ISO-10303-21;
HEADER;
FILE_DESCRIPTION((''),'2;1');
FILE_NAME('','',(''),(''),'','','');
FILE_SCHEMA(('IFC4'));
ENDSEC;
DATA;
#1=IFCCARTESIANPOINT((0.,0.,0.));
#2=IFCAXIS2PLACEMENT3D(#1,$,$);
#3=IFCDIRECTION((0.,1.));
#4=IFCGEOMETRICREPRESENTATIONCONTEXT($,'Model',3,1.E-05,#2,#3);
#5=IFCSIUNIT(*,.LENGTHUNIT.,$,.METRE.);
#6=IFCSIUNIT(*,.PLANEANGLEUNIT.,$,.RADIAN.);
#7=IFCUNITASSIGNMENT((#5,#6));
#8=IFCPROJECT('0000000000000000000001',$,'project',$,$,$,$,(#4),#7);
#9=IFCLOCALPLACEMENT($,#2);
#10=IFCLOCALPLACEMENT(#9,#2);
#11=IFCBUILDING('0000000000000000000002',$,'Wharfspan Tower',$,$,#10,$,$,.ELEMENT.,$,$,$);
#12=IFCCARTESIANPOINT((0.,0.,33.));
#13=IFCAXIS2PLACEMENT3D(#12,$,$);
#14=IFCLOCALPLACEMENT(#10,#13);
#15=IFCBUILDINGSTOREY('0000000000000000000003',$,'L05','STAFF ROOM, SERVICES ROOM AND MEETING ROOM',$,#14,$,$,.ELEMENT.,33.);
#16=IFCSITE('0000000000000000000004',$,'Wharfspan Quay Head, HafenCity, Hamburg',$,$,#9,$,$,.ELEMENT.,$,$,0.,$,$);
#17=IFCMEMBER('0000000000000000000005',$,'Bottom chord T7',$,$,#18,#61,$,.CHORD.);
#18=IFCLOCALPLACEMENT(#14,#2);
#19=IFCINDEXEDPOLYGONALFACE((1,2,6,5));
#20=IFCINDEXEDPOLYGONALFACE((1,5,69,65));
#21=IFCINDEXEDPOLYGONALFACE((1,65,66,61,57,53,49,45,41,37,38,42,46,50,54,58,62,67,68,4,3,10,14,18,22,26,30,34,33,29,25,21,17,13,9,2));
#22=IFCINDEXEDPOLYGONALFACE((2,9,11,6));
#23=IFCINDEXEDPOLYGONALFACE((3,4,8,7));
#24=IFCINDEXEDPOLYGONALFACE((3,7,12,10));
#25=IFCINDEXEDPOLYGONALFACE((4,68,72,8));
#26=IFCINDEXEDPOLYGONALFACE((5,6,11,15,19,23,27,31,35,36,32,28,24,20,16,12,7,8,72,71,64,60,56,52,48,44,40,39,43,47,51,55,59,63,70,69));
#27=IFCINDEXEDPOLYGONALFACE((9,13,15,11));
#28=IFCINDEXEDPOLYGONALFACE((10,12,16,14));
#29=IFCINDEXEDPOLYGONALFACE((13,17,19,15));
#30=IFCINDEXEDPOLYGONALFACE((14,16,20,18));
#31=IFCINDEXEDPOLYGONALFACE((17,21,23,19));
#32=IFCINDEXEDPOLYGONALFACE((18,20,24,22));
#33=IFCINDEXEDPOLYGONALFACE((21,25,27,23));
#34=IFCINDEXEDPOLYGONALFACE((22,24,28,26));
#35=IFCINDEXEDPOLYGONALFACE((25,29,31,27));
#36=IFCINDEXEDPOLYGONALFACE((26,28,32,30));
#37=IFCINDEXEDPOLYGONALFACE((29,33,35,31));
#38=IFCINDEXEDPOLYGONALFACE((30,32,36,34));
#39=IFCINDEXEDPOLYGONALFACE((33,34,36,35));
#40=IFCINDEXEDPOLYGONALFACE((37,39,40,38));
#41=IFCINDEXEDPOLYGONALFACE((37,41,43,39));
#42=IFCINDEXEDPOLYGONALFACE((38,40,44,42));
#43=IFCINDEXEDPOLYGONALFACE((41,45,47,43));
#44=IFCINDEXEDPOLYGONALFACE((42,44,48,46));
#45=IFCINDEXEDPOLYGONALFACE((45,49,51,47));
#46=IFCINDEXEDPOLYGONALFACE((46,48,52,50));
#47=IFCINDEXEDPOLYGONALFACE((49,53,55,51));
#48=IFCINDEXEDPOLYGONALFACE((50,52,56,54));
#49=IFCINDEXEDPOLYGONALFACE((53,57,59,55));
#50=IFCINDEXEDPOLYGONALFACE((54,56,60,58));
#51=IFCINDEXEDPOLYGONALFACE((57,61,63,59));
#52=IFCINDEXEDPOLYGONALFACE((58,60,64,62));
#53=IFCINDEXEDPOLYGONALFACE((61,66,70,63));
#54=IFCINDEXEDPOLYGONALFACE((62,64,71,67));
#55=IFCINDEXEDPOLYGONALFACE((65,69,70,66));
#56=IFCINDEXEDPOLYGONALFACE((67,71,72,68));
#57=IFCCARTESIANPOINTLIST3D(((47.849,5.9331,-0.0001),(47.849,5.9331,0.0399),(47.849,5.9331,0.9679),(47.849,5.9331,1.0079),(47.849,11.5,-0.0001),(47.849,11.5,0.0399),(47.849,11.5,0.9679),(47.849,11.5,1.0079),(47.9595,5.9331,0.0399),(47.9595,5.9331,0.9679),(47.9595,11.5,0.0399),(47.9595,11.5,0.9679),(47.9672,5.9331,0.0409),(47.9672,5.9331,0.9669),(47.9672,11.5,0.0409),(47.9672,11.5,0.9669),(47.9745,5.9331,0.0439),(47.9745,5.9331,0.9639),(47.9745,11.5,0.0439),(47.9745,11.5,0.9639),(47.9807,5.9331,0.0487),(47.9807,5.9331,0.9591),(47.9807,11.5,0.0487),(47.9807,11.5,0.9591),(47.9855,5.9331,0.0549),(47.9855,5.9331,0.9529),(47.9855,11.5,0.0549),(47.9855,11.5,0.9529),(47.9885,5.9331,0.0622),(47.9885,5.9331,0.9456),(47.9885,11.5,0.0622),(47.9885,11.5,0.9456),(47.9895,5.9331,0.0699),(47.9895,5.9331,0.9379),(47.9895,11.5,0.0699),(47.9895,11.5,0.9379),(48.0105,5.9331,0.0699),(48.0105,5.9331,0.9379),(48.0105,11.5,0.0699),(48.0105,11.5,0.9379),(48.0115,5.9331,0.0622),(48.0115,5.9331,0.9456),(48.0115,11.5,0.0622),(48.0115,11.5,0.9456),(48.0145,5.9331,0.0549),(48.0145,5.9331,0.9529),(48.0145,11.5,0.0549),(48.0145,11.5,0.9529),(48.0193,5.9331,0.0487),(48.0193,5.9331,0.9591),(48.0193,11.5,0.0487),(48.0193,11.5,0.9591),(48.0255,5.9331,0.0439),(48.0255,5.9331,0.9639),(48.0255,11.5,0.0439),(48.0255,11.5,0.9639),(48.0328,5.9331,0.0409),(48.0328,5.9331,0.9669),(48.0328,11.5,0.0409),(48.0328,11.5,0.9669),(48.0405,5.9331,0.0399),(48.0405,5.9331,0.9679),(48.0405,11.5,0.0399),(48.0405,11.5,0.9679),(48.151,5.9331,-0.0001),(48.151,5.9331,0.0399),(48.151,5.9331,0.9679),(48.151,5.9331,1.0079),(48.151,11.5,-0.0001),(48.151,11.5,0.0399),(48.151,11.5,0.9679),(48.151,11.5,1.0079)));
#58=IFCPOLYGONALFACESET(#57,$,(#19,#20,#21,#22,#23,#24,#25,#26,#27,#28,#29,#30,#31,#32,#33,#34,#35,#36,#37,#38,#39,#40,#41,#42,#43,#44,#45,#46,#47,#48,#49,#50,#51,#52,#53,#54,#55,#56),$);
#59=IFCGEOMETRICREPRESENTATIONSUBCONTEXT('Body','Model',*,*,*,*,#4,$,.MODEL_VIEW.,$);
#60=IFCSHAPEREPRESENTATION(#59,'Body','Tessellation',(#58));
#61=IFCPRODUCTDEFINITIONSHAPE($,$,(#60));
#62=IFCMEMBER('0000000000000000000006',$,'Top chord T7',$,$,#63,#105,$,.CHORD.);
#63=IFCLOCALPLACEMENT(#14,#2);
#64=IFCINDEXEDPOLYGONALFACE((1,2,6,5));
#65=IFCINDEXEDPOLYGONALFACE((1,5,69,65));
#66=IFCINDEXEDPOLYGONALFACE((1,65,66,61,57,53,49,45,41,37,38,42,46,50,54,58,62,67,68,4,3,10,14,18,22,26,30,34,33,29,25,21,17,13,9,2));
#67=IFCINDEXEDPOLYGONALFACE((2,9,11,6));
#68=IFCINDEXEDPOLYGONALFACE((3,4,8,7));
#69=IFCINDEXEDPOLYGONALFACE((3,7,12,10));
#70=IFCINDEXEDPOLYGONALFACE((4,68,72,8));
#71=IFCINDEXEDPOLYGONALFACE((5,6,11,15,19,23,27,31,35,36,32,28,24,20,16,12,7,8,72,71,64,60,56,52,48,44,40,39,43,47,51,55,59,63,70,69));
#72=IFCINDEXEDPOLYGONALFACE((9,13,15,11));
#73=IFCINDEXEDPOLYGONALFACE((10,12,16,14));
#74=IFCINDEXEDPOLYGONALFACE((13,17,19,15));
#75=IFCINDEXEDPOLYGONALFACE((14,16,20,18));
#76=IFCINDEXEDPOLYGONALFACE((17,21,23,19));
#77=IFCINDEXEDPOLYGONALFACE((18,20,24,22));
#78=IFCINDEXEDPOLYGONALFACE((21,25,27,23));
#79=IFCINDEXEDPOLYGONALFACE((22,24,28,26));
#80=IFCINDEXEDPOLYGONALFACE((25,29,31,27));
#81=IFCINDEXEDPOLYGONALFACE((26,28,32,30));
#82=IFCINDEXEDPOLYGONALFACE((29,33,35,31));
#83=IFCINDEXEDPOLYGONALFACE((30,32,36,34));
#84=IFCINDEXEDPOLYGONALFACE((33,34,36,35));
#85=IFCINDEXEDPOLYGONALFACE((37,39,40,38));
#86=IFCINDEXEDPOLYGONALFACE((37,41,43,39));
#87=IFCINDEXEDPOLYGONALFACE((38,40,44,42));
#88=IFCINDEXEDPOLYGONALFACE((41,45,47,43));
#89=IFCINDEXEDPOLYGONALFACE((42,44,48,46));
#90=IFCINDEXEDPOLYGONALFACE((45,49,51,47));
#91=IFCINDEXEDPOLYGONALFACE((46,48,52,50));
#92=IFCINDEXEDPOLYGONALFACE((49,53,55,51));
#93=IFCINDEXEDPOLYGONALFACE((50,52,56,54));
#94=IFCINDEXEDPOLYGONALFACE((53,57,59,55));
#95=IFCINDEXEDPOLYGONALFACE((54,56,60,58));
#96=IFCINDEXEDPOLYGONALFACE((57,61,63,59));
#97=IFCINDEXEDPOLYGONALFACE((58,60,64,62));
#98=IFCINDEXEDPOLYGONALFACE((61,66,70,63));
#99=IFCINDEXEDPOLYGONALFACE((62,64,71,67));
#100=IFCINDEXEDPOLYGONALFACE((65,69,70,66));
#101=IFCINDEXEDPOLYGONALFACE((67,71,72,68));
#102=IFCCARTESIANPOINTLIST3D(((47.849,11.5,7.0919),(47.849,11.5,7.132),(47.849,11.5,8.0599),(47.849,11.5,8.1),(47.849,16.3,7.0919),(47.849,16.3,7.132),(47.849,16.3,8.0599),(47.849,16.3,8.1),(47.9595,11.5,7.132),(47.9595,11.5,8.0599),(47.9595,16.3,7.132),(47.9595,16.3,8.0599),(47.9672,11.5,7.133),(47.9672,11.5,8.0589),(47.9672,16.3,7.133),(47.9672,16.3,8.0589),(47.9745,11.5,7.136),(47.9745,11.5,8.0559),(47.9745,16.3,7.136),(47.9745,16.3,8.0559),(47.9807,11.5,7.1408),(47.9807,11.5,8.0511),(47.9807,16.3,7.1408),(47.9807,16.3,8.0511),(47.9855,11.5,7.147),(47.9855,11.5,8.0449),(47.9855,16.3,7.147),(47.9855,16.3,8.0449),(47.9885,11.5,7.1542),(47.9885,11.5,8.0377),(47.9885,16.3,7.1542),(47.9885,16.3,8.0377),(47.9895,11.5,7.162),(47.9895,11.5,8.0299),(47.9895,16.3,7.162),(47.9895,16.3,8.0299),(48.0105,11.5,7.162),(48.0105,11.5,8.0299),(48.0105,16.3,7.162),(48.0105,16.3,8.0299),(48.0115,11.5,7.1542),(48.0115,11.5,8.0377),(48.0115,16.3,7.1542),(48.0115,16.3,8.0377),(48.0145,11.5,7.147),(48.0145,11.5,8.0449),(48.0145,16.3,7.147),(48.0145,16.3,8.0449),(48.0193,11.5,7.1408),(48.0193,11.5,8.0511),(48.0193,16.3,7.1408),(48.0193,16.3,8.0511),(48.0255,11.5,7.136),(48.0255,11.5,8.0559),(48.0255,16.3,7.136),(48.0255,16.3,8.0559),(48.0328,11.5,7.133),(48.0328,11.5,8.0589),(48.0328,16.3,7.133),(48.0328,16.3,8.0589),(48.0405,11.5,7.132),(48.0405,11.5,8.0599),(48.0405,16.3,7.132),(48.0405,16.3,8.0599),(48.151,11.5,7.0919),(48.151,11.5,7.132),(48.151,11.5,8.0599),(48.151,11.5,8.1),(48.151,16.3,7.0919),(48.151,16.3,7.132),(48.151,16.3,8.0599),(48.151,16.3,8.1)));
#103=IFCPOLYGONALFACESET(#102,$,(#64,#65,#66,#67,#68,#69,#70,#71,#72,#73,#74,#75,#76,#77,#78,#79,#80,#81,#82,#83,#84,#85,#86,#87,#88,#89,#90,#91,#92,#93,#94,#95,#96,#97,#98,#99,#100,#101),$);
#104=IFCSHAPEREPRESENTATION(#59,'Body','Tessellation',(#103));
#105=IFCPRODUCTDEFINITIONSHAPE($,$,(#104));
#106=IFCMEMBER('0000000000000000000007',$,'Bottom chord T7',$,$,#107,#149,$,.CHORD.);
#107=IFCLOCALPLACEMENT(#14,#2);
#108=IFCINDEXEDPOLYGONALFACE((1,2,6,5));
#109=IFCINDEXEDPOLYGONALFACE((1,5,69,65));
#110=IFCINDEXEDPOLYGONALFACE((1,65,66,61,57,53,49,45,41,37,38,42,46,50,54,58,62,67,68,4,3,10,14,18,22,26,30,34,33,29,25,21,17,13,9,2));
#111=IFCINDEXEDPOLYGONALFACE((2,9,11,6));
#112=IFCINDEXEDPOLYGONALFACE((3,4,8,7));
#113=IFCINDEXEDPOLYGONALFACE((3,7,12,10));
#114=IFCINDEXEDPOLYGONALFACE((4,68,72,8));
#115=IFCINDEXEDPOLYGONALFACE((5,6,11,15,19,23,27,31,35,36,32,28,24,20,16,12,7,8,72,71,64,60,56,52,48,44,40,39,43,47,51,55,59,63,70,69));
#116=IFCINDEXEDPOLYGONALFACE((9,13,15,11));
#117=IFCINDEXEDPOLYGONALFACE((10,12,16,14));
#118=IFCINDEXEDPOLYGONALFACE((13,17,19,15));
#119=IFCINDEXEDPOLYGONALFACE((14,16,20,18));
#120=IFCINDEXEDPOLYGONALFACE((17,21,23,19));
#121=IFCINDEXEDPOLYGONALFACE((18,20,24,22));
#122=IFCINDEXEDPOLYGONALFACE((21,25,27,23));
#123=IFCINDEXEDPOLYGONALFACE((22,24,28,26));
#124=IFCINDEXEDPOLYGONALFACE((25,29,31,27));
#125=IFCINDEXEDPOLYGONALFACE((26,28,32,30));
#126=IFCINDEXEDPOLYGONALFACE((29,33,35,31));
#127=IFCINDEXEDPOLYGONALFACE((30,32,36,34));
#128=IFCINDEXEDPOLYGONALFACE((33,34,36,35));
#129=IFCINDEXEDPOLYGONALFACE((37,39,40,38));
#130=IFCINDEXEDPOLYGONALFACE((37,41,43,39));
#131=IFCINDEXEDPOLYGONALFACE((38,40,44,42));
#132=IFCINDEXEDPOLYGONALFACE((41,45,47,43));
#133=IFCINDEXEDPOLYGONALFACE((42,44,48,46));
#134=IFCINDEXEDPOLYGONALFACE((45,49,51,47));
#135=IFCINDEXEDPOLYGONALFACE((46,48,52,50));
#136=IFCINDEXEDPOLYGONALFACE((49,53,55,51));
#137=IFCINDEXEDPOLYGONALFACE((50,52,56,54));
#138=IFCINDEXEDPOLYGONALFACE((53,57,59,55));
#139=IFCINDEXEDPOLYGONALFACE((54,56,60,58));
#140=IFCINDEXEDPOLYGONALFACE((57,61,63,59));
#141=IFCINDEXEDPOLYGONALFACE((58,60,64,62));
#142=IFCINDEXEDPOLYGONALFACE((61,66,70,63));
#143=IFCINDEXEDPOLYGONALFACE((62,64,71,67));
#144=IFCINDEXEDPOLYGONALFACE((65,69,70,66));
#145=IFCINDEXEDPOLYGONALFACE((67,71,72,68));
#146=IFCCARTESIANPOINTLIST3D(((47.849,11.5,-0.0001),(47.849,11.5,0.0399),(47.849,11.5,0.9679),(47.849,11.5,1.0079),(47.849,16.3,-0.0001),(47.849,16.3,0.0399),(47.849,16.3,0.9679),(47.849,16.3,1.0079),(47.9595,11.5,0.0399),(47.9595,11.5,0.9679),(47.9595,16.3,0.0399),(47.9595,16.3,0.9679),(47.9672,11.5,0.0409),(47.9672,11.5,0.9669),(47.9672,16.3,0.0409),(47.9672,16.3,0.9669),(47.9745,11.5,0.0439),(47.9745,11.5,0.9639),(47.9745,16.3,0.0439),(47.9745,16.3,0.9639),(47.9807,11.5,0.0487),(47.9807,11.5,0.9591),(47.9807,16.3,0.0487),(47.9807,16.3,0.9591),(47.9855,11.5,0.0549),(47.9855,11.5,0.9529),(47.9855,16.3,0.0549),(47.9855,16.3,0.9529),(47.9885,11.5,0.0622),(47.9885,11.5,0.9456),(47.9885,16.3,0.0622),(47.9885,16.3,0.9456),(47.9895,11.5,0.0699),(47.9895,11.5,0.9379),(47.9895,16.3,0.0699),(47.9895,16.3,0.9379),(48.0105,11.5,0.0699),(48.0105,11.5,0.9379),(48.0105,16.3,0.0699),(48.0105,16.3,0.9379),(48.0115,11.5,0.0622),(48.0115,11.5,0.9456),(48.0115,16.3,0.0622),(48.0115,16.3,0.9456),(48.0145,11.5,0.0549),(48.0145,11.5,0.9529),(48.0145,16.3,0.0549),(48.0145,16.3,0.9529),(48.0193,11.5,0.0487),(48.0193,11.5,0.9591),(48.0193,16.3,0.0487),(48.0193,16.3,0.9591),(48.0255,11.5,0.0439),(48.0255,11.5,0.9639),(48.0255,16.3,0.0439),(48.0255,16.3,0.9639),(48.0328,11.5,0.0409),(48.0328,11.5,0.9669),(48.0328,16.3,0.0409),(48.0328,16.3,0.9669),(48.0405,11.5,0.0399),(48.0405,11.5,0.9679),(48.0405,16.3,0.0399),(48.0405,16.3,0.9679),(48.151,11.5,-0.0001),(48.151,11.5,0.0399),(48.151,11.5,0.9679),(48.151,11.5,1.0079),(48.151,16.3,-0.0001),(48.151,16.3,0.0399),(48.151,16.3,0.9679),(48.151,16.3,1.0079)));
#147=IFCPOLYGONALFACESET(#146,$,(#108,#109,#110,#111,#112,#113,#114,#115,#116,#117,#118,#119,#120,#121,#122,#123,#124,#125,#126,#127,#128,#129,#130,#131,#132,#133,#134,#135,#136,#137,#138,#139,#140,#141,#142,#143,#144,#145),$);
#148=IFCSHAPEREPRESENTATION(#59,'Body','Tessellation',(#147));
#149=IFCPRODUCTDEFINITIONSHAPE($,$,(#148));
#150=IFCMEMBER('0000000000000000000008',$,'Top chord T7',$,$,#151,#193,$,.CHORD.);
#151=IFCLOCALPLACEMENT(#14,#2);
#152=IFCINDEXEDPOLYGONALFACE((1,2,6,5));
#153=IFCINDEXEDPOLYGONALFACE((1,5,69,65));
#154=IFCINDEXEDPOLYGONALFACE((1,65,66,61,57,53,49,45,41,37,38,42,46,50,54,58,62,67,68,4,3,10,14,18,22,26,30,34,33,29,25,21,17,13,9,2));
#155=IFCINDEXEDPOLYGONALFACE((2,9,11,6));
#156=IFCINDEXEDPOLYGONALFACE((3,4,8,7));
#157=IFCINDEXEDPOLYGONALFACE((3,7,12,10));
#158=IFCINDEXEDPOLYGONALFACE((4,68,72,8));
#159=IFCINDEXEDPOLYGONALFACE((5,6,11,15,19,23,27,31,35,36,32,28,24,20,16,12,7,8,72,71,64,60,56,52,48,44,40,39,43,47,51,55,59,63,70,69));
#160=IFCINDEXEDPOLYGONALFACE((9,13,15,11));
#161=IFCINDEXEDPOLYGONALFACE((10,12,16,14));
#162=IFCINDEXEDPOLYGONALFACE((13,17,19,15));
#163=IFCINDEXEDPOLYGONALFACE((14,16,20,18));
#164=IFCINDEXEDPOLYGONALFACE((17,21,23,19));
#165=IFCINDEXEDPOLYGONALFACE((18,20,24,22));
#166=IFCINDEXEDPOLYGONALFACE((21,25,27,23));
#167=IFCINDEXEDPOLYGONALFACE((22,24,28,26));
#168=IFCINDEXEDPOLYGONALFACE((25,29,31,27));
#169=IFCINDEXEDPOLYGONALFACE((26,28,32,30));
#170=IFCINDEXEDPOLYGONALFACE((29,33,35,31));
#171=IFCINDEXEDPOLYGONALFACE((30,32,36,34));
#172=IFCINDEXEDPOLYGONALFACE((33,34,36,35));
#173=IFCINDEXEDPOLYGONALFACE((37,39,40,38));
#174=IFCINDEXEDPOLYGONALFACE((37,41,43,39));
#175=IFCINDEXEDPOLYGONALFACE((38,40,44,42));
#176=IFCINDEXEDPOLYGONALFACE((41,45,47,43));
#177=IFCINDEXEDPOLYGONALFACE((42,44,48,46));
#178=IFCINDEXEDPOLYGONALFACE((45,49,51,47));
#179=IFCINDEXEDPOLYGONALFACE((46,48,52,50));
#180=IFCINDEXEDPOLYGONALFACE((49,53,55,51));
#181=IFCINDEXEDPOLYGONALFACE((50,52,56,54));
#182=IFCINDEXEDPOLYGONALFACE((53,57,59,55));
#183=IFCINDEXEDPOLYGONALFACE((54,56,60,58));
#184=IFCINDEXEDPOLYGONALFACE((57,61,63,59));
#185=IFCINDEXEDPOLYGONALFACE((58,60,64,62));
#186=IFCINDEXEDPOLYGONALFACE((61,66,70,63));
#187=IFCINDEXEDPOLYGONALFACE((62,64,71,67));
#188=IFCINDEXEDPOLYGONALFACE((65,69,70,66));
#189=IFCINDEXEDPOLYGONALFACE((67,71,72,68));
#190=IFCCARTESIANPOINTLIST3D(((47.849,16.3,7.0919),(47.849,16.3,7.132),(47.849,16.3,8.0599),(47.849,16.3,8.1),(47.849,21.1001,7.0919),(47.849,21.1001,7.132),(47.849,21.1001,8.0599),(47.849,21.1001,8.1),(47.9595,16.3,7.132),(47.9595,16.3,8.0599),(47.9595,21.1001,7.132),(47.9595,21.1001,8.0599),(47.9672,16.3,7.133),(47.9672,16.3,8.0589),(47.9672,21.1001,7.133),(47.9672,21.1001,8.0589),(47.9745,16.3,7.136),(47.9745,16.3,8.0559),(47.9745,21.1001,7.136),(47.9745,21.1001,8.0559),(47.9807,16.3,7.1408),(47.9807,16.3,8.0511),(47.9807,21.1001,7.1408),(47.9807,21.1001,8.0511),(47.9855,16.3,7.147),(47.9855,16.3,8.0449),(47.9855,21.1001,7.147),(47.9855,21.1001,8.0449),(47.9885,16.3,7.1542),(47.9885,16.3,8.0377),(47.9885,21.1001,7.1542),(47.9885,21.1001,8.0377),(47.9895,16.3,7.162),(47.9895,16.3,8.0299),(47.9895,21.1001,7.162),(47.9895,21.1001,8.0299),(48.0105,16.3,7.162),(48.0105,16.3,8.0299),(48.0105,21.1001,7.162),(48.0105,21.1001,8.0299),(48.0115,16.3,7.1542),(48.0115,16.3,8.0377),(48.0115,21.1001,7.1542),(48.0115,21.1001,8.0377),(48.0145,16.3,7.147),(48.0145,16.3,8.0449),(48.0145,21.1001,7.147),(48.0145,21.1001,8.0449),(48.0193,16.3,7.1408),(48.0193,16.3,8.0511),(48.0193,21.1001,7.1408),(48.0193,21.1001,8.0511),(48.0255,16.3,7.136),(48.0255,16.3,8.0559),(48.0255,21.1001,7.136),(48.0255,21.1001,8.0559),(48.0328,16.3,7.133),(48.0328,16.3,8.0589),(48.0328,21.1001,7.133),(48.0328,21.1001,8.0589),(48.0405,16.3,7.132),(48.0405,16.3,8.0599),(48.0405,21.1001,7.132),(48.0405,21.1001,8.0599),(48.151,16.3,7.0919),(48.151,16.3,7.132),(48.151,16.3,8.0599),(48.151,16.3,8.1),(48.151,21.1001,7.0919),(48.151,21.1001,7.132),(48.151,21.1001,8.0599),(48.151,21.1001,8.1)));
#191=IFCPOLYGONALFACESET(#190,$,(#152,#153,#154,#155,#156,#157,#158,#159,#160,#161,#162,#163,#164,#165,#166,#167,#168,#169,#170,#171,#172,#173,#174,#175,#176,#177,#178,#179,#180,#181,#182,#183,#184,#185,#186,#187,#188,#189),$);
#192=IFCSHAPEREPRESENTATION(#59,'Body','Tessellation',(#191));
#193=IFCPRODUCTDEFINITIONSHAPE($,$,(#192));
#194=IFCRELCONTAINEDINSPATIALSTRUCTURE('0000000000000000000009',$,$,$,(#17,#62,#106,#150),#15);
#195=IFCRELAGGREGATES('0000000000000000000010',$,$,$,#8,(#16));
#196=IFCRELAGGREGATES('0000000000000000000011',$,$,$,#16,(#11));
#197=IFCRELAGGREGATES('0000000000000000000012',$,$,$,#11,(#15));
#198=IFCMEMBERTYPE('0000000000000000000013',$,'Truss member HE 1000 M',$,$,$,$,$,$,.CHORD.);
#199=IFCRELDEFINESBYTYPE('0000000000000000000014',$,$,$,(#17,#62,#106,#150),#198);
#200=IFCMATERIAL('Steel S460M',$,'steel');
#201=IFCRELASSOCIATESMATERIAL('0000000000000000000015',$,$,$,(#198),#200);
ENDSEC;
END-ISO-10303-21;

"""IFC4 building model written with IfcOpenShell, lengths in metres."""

from ifc_helpers import new_model, si_unit, direction, frame, origin, origin_2d, place, context, subcontext, project, spatial, i_section, extrude, material, material_profile, profile_set, type_object, element, save


model = new_model("IFC4")

# Units and contexts
model_context = context("Model", 3, precision=1e-05, world=origin(), true_north=direction((0.0, 1.0)))
body_context = subcontext(model_context, "Body", "Model", "MODEL_VIEW")
ifc_project = project(units=[si_unit("LENGTHUNIT", "METRE"), si_unit("PLANEANGLEUNIT", "RADIAN")], contexts=[model_context])

# Site, building, storey
site_placement = place(None, origin())
site = spatial("IfcSite", under=ifc_project, at=site_placement, Name="Wharfspan Quay Head, HafenCity, Hamburg", CompositionType="ELEMENT", RefElevation=0.0)
building_placement = place(site_placement, origin())
building = spatial("IfcBuilding", under=site, at=building_placement, Name="Wharfspan Tower", CompositionType="ELEMENT")
storey_placement = place(building_placement, frame((0.0, 0.0, 33.0)))
storey = spatial("IfcBuildingStorey", under=building, at=storey_placement, Name="L05", Description="STAFF ROOM, SERVICES ROOM AND MEETING ROOM", CompositionType="ELEMENT", Elevation=33.0)

# Members
ifc_material_1 = material(Name="Steel S460M", Category="steel")
ifc_material_profile_1 = material_profile(ifc_material_1, i_section(OverallWidth=0.302, OverallDepth=1.0081, WebThickness=0.021, FlangeThickness=0.04, FilletRadius=0.03, at=origin_2d()))
ifc_profile_set_1 = profile_set([ifc_material_profile_1], Name="Steel S460M")
member_type_1 = type_object("IfcMemberType", Name="Truss member HE 1000 M", PredefinedType="CHORD", material=ifc_profile_set_1)
for number, where, z_axis, x_axis, name in (
    (1, (48.0, 5.9331, 0.5039), (0.0, 1.0, 0.0), (-1.0, 0.0, 0.0), "Bottom chord T7"),
):
    element("IfcMember", number, at=place(storey_placement, frame(where, z_axis=z_axis, x_axis=x_axis)), inside=storey, type_object=member_type_1, Name=name, PredefinedType="CHORD", context=body_context, shape_type="SweptSolid", body=[
        extrude(i_section(OverallWidth=0.302, OverallDepth=1.0081, WebThickness=0.021, FlangeThickness=0.04, FilletRadius=0.03, at=origin_2d()), origin(), (0.0, 0.0, 1.0), 5.5669),
    ])
for number, where, z_axis, x_axis, name in (
    (2, (48.0, 11.5, 7.5959), (0.0, 1.0, 0.0), (-1.0, 0.0, 0.0), "Top chord T7"),
    (3, (48.0, 11.5, 0.5039), (0.0, 1.0, 0.0), (-1.0, 0.0, 0.0), "Bottom chord T7"),
    (4, (48.0, 16.3, 7.5959), (0.0, 1.0, 0.0), (-1.0, 0.0, 0.0), "Top chord T7"),
):
    element("IfcMember", number, at=place(storey_placement, frame(where, z_axis=z_axis, x_axis=x_axis)), inside=storey, type_object=member_type_1, Name=name, PredefinedType="CHORD", context=body_context, shape_type="SweptSolid", body=[
        extrude(i_section(OverallWidth=0.302, OverallDepth=1.0081, WebThickness=0.021, FlangeThickness=0.04, FilletRadius=0.03, at=origin_2d()), origin(), (0.0, 0.0, 1.0), 4.8),
    ])

save(model, "model.ifc")
